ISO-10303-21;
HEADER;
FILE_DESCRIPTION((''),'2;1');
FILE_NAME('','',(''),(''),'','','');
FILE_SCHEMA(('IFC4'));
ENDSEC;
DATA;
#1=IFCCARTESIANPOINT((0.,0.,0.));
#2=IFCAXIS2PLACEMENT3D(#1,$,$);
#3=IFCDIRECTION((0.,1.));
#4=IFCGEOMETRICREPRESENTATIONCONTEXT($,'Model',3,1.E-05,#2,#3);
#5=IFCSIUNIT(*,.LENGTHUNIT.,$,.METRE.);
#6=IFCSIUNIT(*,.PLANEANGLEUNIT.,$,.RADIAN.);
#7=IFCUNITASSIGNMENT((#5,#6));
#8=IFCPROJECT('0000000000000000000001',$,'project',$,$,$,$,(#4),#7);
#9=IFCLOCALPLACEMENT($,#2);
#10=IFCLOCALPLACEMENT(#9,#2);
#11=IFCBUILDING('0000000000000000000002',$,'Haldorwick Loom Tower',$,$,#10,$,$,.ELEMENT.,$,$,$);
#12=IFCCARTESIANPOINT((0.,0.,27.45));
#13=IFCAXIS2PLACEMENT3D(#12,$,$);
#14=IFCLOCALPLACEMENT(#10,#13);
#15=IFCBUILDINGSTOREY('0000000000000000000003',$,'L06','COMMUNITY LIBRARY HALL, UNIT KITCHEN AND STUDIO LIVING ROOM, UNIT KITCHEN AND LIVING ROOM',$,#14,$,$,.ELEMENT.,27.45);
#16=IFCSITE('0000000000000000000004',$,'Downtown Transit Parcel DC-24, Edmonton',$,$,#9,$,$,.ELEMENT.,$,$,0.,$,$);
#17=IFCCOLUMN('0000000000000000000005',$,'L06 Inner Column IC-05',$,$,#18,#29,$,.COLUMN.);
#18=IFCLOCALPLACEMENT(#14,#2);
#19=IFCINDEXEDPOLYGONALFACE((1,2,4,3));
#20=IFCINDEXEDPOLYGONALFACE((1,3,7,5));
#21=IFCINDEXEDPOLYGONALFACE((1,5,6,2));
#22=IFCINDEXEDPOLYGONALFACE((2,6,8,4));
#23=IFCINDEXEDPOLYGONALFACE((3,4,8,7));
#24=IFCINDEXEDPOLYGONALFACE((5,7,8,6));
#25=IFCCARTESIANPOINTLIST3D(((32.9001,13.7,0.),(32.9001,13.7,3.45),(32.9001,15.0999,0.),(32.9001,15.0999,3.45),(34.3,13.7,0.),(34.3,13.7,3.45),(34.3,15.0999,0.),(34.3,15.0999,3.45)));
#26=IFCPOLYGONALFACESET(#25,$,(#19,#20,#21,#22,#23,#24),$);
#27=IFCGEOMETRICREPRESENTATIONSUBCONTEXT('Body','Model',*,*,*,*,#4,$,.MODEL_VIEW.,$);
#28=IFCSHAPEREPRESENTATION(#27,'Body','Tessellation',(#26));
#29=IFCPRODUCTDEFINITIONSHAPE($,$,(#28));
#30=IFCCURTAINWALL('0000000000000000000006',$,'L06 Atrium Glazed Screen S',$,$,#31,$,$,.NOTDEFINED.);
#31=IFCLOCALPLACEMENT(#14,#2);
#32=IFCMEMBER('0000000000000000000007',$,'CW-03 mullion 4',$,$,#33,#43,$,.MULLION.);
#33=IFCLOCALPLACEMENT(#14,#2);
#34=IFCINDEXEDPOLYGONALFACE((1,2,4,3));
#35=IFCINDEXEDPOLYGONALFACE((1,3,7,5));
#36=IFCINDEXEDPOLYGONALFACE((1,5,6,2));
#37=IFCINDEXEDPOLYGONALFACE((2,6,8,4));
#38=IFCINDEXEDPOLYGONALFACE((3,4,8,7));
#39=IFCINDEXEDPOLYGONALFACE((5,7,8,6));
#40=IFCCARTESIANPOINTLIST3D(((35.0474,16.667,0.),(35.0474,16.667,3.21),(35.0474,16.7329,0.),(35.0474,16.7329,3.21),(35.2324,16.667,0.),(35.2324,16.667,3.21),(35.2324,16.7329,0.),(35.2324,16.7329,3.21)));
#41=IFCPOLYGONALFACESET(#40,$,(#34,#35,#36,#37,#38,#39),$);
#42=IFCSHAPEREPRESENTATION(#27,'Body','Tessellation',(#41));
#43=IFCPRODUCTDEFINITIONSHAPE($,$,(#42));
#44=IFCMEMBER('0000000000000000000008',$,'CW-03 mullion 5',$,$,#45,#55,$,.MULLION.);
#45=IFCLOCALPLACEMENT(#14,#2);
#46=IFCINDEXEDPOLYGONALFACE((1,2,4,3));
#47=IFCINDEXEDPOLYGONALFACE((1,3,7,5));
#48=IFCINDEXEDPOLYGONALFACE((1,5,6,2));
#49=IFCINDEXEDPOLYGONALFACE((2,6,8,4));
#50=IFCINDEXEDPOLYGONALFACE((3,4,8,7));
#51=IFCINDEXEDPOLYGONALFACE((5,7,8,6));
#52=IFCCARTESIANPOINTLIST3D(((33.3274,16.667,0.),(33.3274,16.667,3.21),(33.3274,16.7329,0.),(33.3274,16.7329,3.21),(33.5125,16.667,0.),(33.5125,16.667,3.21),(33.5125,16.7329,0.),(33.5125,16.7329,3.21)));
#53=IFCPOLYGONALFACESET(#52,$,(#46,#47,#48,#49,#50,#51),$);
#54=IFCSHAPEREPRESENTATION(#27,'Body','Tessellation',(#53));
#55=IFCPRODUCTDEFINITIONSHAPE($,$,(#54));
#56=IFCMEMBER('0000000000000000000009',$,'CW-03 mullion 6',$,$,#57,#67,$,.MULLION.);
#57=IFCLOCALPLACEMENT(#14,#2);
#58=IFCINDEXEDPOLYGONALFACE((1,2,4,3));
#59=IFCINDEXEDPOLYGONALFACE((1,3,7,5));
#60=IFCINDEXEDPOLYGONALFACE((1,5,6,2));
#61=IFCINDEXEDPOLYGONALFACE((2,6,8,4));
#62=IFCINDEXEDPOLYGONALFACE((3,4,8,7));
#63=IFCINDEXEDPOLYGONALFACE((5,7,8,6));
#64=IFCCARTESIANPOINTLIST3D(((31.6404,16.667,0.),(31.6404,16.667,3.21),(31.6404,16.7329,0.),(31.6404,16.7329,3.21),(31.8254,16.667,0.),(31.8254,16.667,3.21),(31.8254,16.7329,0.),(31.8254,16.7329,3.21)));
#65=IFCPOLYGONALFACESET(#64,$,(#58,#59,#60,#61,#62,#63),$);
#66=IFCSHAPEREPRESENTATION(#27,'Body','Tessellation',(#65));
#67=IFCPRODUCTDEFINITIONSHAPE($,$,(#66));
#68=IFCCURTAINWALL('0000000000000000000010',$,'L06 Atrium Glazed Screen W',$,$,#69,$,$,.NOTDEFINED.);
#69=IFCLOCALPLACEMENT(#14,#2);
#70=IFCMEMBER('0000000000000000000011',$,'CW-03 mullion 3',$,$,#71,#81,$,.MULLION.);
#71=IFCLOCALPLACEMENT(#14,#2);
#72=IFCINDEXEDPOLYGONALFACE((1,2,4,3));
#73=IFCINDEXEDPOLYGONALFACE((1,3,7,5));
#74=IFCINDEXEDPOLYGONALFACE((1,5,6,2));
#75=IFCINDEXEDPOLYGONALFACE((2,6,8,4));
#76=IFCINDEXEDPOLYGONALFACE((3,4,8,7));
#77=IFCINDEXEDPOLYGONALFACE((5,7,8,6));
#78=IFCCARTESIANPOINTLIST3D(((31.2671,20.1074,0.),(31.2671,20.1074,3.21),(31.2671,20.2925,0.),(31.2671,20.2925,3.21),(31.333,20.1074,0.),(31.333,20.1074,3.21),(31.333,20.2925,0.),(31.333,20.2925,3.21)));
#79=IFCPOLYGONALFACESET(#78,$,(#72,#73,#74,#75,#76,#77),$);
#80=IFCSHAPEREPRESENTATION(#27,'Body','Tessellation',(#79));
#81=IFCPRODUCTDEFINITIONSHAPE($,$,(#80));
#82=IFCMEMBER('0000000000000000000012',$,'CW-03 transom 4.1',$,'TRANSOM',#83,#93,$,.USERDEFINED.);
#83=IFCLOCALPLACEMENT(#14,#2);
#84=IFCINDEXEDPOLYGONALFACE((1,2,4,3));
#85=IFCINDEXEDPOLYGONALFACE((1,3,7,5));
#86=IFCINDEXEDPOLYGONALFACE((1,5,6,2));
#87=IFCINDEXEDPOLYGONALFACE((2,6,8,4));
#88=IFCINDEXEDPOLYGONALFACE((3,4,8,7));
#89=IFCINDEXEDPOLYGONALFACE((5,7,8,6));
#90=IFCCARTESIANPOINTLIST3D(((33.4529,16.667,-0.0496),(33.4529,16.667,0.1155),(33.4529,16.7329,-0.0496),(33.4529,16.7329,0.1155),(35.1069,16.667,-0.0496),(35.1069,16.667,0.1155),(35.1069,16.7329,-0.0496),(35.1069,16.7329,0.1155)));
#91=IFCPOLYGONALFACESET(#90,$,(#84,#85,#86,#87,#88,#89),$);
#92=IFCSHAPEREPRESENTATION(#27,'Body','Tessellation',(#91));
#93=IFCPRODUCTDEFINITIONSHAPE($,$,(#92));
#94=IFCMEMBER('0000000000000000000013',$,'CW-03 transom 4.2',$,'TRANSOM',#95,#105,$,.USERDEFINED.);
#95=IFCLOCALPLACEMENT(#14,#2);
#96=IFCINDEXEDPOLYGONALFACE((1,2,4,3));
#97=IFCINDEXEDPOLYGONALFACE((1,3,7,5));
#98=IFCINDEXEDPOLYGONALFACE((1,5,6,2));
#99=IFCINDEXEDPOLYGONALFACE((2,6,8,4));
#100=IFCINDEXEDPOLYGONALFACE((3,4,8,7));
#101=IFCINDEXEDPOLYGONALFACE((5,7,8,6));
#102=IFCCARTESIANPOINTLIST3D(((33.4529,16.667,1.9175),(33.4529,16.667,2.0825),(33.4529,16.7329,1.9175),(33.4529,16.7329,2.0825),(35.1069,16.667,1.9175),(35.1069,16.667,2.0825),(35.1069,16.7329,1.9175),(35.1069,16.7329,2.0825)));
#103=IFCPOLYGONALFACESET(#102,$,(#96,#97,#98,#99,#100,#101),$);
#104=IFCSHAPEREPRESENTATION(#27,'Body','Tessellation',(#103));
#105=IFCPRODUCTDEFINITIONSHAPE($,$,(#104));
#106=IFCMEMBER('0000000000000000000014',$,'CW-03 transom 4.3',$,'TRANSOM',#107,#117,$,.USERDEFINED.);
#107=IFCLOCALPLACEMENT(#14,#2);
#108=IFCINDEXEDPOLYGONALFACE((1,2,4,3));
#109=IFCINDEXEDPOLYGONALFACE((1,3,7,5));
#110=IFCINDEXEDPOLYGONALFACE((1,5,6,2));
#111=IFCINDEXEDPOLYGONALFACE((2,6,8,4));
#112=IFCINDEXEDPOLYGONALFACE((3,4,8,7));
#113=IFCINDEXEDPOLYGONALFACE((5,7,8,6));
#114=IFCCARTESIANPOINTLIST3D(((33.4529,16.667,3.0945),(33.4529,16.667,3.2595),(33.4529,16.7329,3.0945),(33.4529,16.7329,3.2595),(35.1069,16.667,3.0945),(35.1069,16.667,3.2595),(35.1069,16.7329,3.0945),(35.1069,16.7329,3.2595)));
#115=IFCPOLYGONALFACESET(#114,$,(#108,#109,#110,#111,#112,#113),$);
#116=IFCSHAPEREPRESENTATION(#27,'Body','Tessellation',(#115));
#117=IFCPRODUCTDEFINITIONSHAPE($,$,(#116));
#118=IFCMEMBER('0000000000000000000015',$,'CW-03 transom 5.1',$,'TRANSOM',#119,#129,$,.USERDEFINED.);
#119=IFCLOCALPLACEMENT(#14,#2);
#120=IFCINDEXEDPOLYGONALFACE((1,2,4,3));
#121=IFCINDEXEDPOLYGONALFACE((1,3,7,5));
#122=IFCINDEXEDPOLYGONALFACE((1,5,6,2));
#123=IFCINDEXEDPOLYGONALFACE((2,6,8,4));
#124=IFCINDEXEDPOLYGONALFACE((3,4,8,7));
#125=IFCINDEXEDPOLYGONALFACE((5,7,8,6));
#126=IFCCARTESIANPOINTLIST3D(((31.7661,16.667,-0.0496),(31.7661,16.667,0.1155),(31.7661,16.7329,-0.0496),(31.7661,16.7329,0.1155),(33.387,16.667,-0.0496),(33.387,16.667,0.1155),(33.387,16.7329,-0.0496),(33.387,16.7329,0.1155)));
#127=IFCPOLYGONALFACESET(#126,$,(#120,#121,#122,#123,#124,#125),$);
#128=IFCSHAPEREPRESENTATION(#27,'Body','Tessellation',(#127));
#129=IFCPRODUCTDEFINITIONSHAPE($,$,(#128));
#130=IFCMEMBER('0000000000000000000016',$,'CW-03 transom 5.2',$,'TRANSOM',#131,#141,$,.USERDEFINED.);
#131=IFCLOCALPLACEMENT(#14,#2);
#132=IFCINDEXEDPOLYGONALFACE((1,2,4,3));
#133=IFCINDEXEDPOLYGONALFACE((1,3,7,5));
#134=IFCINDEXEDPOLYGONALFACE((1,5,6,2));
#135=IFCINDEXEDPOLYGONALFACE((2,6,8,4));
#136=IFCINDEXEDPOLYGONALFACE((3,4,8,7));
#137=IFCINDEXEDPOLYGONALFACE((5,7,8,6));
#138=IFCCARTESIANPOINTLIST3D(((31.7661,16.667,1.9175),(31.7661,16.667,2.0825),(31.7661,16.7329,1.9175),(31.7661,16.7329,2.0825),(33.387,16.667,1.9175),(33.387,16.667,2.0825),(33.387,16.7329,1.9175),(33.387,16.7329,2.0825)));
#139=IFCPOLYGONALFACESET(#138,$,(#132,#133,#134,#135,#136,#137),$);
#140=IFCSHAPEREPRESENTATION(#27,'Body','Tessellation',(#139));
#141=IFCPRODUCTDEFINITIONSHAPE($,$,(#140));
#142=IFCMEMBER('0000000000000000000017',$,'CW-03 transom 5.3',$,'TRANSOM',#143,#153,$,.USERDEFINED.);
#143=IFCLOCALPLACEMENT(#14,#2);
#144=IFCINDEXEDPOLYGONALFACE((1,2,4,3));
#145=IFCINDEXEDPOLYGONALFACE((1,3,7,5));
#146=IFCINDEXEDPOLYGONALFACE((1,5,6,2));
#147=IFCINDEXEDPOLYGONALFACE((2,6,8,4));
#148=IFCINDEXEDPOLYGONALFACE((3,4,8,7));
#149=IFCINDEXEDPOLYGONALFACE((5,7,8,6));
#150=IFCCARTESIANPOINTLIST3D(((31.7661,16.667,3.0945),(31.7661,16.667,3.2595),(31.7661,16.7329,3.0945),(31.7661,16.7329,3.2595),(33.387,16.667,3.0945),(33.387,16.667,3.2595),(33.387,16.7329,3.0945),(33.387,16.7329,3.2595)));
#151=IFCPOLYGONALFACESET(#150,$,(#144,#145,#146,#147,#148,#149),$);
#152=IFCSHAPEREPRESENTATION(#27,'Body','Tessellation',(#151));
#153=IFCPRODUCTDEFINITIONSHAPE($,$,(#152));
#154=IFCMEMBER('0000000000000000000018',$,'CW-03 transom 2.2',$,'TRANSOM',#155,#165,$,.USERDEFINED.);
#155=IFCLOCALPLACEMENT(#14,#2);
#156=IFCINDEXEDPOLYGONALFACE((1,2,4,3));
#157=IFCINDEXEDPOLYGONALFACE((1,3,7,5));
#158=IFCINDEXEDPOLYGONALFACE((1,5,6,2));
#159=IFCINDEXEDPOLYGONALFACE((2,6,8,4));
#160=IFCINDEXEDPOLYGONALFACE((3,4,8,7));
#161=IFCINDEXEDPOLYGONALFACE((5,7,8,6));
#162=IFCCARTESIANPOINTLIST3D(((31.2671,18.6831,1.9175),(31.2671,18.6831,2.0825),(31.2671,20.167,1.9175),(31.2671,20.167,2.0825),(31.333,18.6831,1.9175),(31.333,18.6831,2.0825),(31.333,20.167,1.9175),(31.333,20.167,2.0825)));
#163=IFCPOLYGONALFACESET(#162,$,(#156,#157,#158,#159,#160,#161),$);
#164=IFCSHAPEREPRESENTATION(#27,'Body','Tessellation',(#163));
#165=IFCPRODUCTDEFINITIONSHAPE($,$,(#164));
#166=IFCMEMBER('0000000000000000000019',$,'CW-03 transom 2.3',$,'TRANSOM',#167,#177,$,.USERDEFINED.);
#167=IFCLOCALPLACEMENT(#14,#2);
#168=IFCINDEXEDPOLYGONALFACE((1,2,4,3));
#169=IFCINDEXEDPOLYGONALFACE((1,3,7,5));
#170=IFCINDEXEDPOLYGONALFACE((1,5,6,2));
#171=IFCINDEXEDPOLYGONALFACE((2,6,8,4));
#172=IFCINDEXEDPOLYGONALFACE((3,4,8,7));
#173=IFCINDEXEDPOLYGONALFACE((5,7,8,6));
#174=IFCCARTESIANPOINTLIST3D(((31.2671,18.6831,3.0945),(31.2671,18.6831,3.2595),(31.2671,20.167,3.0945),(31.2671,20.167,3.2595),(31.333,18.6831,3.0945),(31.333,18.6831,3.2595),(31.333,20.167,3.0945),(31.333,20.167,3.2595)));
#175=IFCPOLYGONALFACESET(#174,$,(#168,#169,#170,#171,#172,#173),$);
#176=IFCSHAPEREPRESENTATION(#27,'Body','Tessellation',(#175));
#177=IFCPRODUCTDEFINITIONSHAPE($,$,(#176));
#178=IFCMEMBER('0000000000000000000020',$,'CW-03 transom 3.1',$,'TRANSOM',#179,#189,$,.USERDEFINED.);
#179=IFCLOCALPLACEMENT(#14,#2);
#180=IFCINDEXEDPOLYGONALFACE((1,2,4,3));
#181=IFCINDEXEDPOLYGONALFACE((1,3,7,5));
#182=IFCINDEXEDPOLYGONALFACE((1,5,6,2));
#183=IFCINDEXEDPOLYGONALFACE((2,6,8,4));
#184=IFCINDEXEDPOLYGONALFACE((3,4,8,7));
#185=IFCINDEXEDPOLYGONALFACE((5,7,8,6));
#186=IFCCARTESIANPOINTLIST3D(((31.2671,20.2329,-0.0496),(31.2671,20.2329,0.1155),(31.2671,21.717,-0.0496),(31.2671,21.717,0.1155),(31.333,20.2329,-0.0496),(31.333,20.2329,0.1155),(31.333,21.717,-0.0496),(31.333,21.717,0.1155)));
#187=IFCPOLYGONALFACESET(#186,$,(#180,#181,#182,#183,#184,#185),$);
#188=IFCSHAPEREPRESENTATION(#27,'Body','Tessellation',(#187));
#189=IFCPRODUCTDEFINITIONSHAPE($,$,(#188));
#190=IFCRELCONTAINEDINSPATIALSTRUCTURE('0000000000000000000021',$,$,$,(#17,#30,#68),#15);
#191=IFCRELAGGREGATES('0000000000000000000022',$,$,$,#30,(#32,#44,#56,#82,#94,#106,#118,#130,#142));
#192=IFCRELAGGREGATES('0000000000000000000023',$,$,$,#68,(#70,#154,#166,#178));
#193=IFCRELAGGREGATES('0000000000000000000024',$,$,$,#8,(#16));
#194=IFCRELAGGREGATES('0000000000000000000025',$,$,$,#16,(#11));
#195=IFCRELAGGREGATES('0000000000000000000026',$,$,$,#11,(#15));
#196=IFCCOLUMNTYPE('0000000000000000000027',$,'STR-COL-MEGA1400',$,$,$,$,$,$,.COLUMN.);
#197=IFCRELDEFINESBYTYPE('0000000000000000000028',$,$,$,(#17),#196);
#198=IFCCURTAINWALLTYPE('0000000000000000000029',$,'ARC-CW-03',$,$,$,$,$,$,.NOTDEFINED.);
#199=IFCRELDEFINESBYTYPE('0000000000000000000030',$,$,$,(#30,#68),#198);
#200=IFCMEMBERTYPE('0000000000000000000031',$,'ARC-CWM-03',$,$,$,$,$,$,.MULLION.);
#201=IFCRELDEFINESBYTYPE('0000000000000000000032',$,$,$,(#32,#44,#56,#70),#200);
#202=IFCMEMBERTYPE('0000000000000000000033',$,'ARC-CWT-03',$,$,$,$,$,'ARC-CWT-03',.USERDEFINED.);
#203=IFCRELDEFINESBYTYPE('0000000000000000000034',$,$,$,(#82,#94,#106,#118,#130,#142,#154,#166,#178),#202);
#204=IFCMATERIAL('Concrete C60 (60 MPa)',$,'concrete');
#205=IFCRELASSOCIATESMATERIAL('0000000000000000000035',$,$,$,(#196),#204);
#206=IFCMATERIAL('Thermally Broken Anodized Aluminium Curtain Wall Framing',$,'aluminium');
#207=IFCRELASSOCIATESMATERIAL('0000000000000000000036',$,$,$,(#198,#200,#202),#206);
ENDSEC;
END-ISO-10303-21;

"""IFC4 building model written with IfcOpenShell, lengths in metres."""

from ifc_helpers import new_model, si_unit, direction, frame, origin, origin_2d, place, context, subcontext, project, spatial, rectangle, extrude, material, material_profile, profile_set, type_object, element, aggregate, save


model = new_model("IFC4")

# Units and contexts
model_context = context("Model", 3, precision=1e-05, world=origin(), true_north=direction((0.0, 1.0)))
body_context = subcontext(model_context, "Body", "Model", "MODEL_VIEW")
ifc_project = project(units=[si_unit("LENGTHUNIT", "METRE"), si_unit("PLANEANGLEUNIT", "RADIAN")], contexts=[model_context])

# Site, building, storey
site_placement = place(None, origin())
site = spatial("IfcSite", under=ifc_project, at=site_placement, Name="Downtown Transit Parcel DC-24, Edmonton", CompositionType="ELEMENT", RefElevation=0.0)
building_placement = place(site_placement, origin())
building = spatial("IfcBuilding", under=site, at=building_placement, Name="Haldorwick Loom Tower", CompositionType="ELEMENT")
storey_placement = place(building_placement, frame((0.0, 0.0, 27.45)))
storey = spatial("IfcBuildingStorey", under=building, at=storey_placement, Name="L06", Description="COMMUNITY LIBRARY HALL, UNIT KITCHEN AND STUDIO LIVING ROOM, UNIT KITCHEN AND LIVING ROOM", CompositionType="ELEMENT", Elevation=27.45)

# Column
ifc_material_1 = material(Name="Concrete C60 (60 MPa)", Category="concrete")
ifc_material_profile_1 = material_profile(ifc_material_1, rectangle(XDim=1.3999, YDim=1.3999, at=origin_2d()), Name="RC1400X1400", Category="concrete")
ifc_profile_set_1 = profile_set([ifc_material_profile_1], Name="Concrete C60 (60 MPa)")
column_type = type_object("IfcColumnType", Name="STR-COL-MEGA1400", PredefinedType="COLUMN", material=ifc_profile_set_1)
column_placement = place(storey_placement, frame((33.6001, 14.3999, 0.0), z_axis=(0.0, 0.0, 1.0), x_axis=(1.0, 0.0, 0.0)))
element("IfcColumn", 1, at=column_placement, inside=storey, type_object=column_type, Name="L06 Inner Column IC-05", PredefinedType="COLUMN", context=body_context, shape_type="SweptSolid", body=[
    extrude(rectangle(XDim=1.3999, YDim=1.3999, at=origin_2d()), origin(), (0.0, 0.0, 1.0), 3.45),
])

# Curtain wall, members
ifc_material_2 = material(Name="Thermally Broken Anodized Aluminium Curtain Wall Framing", Category="aluminium")
curtain_wall_type = type_object("IfcCurtainWallType", Name="ARC-CW-03", PredefinedType="NOTDEFINED", material=ifc_material_2)
curtain_wall_1_placement = place(storey_placement, origin())
curtain_wall_1 = element("IfcCurtainWall", 2, at=curtain_wall_1_placement, inside=storey, type_object=curtain_wall_type, Name="L06 Atrium Glazed Screen S", PredefinedType="NOTDEFINED")
ifc_material_profile_2 = material_profile(ifc_material_2, rectangle(XDim=0.0659, YDim=0.1851, at=origin_2d()), Name="ALU_MUL_66X185", Category="aluminium")
ifc_profile_set_2 = profile_set([ifc_material_profile_2], Name="Thermally Broken Anodized Aluminium Curtain Wall Framing")
member_type_1 = type_object("IfcMemberType", Name="ARC-CWM-03", PredefinedType="MULLION", material=ifc_profile_set_2)
member_1_placement = place(storey_placement, frame((35.1399, 16.7, 0.0), z_axis=(0.0, 0.0, 1.0), x_axis=(0.0, -1.0, 0.0)))
member_1 = element("IfcMember", 3, at=member_1_placement, type_object=member_type_1, Name="CW-03 mullion 4", PredefinedType="MULLION", context=body_context, shape_type="SweptSolid", body=[
    extrude(rectangle(XDim=0.0659, YDim=0.1851, at=origin_2d()), origin(), (0.0, 0.0, 1.0), 3.21),
])
member_2_placement = place(storey_placement, frame((33.4199, 16.7, 0.0), z_axis=(0.0, 0.0, 1.0), x_axis=(0.0, -1.0, 0.0)))
member_2 = element("IfcMember", 4, at=member_2_placement, type_object=member_type_1, Name="CW-03 mullion 5", PredefinedType="MULLION", context=body_context, shape_type="SweptSolid", body=[
    extrude(rectangle(XDim=0.0659, YDim=0.1851, at=origin_2d()), origin(), (0.0, 0.0, 1.0), 3.21),
])
member_3_placement = place(storey_placement, frame((31.7329, 16.7, 0.0), z_axis=(0.0, 0.0, 1.0), x_axis=(0.0, -1.0, 0.0)))
member_3 = element("IfcMember", 5, at=member_3_placement, type_object=member_type_1, Name="CW-03 mullion 6", PredefinedType="MULLION", context=body_context, shape_type="SweptSolid", body=[
    extrude(rectangle(XDim=0.0659, YDim=0.1851, at=origin_2d()), origin(), (0.0, 0.0, 1.0), 3.21),
])

# Curtain wall, member
curtain_wall_2_placement = place(storey_placement, origin())
curtain_wall_2 = element("IfcCurtainWall", 6, at=curtain_wall_2_placement, inside=storey, type_object=curtain_wall_type, Name="L06 Atrium Glazed Screen W", PredefinedType="NOTDEFINED")
member_4_placement = place(storey_placement, frame((31.3, 20.2, 0.0), z_axis=(0.0, 0.0, 1.0), x_axis=(-1.0, 0.0, 0.0)))
member_4 = element("IfcMember", 7, at=member_4_placement, type_object=member_type_1, Name="CW-03 mullion 3", PredefinedType="MULLION", context=body_context, shape_type="SweptSolid", body=[
    extrude(rectangle(XDim=0.0659, YDim=0.1851, at=origin_2d()), origin(), (0.0, 0.0, 1.0), 3.21),
])

# Members
ifc_material_profile_3 = material_profile(ifc_material_2, rectangle(XDim=0.0659, YDim=0.165, at=origin_2d()), Name="ALU_TRN_66X165", Category="aluminium")
ifc_profile_set_3 = profile_set([ifc_material_profile_3], Name="Thermally Broken Anodized Aluminium Curtain Wall Framing")
member_type_2 = type_object("IfcMemberType", Name="ARC-CWT-03", ElementType="ARC-CWT-03", PredefinedType="USERDEFINED", material=ifc_profile_set_3)
member_5_placement = place(storey_placement, frame((35.1069, 16.7, 0.033), z_axis=(-1.0, 0.0, 0.0), x_axis=(0.0, -1.0, 0.0)))
member_5 = element("IfcMember", 8, at=member_5_placement, type_object=member_type_2, Name="CW-03 transom 4.1", ObjectType="TRANSOM", PredefinedType="USERDEFINED", context=body_context, shape_type="SweptSolid", body=[
    extrude(rectangle(XDim=0.0659, YDim=0.165, at=origin_2d()), origin(), (0.0, 0.0, 1.0), 1.6541),
])
member_6_placement = place(storey_placement, frame((35.1069, 16.7, 2.0), z_axis=(-1.0, 0.0, 0.0), x_axis=(0.0, -1.0, 0.0)))
member_6 = element("IfcMember", 9, at=member_6_placement, type_object=member_type_2, Name="CW-03 transom 4.2", ObjectType="TRANSOM", PredefinedType="USERDEFINED", context=body_context, shape_type="SweptSolid", body=[
    extrude(rectangle(XDim=0.0659, YDim=0.165, at=origin_2d()), origin(), (0.0, 0.0, 1.0), 1.6541),
])
member_7_placement = place(storey_placement, frame((35.1069, 16.7, 3.177), z_axis=(-1.0, 0.0, 0.0), x_axis=(0.0, -1.0, 0.0)))
member_7 = element("IfcMember", 10, at=member_7_placement, type_object=member_type_2, Name="CW-03 transom 4.3", ObjectType="TRANSOM", PredefinedType="USERDEFINED", context=body_context, shape_type="SweptSolid", body=[
    extrude(rectangle(XDim=0.0659, YDim=0.165, at=origin_2d()), origin(), (0.0, 0.0, 1.0), 1.6541),
])
member_8_placement = place(storey_placement, frame((33.387, 16.7, 0.033), z_axis=(-1.0, 0.0, 0.0), x_axis=(0.0, -1.0, 0.0)))
member_8 = element("IfcMember", 11, at=member_8_placement, type_object=member_type_2, Name="CW-03 transom 5.1", ObjectType="TRANSOM", PredefinedType="USERDEFINED", context=body_context, shape_type="SweptSolid", body=[
    extrude(rectangle(XDim=0.0659, YDim=0.165, at=origin_2d()), origin(), (0.0, 0.0, 1.0), 1.6208),
])
member_9_placement = place(storey_placement, frame((33.387, 16.7, 2.0), z_axis=(-1.0, 0.0, 0.0), x_axis=(0.0, -1.0, 0.0)))
member_9 = element("IfcMember", 12, at=member_9_placement, type_object=member_type_2, Name="CW-03 transom 5.2", ObjectType="TRANSOM", PredefinedType="USERDEFINED", context=body_context, shape_type="SweptSolid", body=[
    extrude(rectangle(XDim=0.0659, YDim=0.165, at=origin_2d()), origin(), (0.0, 0.0, 1.0), 1.6208),
])
member_10_placement = place(storey_placement, frame((33.387, 16.7, 3.177), z_axis=(-1.0, 0.0, 0.0), x_axis=(0.0, -1.0, 0.0)))
member_10 = element("IfcMember", 13, at=member_10_placement, type_object=member_type_2, Name="CW-03 transom 5.3", ObjectType="TRANSOM", PredefinedType="USERDEFINED", context=body_context, shape_type="SweptSolid", body=[
    extrude(rectangle(XDim=0.0659, YDim=0.165, at=origin_2d()), origin(), (0.0, 0.0, 1.0), 1.6208),
])
member_11_placement = place(storey_placement, frame((31.3, 18.6831, 2.0), z_axis=(0.0, 1.0, 0.0), x_axis=(-1.0, 0.0, 0.0)))
member_11 = element("IfcMember", 14, at=member_11_placement, type_object=member_type_2, Name="CW-03 transom 2.2", ObjectType="TRANSOM", PredefinedType="USERDEFINED", context=body_context, shape_type="SweptSolid", body=[
    extrude(rectangle(XDim=0.0659, YDim=0.165, at=origin_2d()), origin(), (0.0, 0.0, 1.0), 1.4839),
])
member_12_placement = place(storey_placement, frame((31.3, 18.6831, 3.177), z_axis=(0.0, 1.0, 0.0), x_axis=(-1.0, 0.0, 0.0)))
member_12 = element("IfcMember", 15, at=member_12_placement, type_object=member_type_2, Name="CW-03 transom 2.3", ObjectType="TRANSOM", PredefinedType="USERDEFINED", context=body_context, shape_type="SweptSolid", body=[
    extrude(rectangle(XDim=0.0659, YDim=0.165, at=origin_2d()), origin(), (0.0, 0.0, 1.0), 1.4839),
])
member_13_placement = place(storey_placement, frame((31.3, 20.2329, 0.033), z_axis=(0.0, 1.0, 0.0), x_axis=(-1.0, 0.0, 0.0)))
member_13 = element("IfcMember", 16, at=member_13_placement, type_object=member_type_2, Name="CW-03 transom 3.1", ObjectType="TRANSOM", PredefinedType="USERDEFINED", context=body_context, shape_type="SweptSolid", body=[
    extrude(rectangle(XDim=0.0659, YDim=0.165, at=origin_2d()), origin(), (0.0, 0.0, 1.0), 1.4841),
])

aggregate(curtain_wall_1, [member_1, member_2, member_3, member_5, member_6, member_7, member_8, member_9, member_10])
aggregate(curtain_wall_2, [member_4, member_11, member_12, member_13])

save(model, "model.ifc")
